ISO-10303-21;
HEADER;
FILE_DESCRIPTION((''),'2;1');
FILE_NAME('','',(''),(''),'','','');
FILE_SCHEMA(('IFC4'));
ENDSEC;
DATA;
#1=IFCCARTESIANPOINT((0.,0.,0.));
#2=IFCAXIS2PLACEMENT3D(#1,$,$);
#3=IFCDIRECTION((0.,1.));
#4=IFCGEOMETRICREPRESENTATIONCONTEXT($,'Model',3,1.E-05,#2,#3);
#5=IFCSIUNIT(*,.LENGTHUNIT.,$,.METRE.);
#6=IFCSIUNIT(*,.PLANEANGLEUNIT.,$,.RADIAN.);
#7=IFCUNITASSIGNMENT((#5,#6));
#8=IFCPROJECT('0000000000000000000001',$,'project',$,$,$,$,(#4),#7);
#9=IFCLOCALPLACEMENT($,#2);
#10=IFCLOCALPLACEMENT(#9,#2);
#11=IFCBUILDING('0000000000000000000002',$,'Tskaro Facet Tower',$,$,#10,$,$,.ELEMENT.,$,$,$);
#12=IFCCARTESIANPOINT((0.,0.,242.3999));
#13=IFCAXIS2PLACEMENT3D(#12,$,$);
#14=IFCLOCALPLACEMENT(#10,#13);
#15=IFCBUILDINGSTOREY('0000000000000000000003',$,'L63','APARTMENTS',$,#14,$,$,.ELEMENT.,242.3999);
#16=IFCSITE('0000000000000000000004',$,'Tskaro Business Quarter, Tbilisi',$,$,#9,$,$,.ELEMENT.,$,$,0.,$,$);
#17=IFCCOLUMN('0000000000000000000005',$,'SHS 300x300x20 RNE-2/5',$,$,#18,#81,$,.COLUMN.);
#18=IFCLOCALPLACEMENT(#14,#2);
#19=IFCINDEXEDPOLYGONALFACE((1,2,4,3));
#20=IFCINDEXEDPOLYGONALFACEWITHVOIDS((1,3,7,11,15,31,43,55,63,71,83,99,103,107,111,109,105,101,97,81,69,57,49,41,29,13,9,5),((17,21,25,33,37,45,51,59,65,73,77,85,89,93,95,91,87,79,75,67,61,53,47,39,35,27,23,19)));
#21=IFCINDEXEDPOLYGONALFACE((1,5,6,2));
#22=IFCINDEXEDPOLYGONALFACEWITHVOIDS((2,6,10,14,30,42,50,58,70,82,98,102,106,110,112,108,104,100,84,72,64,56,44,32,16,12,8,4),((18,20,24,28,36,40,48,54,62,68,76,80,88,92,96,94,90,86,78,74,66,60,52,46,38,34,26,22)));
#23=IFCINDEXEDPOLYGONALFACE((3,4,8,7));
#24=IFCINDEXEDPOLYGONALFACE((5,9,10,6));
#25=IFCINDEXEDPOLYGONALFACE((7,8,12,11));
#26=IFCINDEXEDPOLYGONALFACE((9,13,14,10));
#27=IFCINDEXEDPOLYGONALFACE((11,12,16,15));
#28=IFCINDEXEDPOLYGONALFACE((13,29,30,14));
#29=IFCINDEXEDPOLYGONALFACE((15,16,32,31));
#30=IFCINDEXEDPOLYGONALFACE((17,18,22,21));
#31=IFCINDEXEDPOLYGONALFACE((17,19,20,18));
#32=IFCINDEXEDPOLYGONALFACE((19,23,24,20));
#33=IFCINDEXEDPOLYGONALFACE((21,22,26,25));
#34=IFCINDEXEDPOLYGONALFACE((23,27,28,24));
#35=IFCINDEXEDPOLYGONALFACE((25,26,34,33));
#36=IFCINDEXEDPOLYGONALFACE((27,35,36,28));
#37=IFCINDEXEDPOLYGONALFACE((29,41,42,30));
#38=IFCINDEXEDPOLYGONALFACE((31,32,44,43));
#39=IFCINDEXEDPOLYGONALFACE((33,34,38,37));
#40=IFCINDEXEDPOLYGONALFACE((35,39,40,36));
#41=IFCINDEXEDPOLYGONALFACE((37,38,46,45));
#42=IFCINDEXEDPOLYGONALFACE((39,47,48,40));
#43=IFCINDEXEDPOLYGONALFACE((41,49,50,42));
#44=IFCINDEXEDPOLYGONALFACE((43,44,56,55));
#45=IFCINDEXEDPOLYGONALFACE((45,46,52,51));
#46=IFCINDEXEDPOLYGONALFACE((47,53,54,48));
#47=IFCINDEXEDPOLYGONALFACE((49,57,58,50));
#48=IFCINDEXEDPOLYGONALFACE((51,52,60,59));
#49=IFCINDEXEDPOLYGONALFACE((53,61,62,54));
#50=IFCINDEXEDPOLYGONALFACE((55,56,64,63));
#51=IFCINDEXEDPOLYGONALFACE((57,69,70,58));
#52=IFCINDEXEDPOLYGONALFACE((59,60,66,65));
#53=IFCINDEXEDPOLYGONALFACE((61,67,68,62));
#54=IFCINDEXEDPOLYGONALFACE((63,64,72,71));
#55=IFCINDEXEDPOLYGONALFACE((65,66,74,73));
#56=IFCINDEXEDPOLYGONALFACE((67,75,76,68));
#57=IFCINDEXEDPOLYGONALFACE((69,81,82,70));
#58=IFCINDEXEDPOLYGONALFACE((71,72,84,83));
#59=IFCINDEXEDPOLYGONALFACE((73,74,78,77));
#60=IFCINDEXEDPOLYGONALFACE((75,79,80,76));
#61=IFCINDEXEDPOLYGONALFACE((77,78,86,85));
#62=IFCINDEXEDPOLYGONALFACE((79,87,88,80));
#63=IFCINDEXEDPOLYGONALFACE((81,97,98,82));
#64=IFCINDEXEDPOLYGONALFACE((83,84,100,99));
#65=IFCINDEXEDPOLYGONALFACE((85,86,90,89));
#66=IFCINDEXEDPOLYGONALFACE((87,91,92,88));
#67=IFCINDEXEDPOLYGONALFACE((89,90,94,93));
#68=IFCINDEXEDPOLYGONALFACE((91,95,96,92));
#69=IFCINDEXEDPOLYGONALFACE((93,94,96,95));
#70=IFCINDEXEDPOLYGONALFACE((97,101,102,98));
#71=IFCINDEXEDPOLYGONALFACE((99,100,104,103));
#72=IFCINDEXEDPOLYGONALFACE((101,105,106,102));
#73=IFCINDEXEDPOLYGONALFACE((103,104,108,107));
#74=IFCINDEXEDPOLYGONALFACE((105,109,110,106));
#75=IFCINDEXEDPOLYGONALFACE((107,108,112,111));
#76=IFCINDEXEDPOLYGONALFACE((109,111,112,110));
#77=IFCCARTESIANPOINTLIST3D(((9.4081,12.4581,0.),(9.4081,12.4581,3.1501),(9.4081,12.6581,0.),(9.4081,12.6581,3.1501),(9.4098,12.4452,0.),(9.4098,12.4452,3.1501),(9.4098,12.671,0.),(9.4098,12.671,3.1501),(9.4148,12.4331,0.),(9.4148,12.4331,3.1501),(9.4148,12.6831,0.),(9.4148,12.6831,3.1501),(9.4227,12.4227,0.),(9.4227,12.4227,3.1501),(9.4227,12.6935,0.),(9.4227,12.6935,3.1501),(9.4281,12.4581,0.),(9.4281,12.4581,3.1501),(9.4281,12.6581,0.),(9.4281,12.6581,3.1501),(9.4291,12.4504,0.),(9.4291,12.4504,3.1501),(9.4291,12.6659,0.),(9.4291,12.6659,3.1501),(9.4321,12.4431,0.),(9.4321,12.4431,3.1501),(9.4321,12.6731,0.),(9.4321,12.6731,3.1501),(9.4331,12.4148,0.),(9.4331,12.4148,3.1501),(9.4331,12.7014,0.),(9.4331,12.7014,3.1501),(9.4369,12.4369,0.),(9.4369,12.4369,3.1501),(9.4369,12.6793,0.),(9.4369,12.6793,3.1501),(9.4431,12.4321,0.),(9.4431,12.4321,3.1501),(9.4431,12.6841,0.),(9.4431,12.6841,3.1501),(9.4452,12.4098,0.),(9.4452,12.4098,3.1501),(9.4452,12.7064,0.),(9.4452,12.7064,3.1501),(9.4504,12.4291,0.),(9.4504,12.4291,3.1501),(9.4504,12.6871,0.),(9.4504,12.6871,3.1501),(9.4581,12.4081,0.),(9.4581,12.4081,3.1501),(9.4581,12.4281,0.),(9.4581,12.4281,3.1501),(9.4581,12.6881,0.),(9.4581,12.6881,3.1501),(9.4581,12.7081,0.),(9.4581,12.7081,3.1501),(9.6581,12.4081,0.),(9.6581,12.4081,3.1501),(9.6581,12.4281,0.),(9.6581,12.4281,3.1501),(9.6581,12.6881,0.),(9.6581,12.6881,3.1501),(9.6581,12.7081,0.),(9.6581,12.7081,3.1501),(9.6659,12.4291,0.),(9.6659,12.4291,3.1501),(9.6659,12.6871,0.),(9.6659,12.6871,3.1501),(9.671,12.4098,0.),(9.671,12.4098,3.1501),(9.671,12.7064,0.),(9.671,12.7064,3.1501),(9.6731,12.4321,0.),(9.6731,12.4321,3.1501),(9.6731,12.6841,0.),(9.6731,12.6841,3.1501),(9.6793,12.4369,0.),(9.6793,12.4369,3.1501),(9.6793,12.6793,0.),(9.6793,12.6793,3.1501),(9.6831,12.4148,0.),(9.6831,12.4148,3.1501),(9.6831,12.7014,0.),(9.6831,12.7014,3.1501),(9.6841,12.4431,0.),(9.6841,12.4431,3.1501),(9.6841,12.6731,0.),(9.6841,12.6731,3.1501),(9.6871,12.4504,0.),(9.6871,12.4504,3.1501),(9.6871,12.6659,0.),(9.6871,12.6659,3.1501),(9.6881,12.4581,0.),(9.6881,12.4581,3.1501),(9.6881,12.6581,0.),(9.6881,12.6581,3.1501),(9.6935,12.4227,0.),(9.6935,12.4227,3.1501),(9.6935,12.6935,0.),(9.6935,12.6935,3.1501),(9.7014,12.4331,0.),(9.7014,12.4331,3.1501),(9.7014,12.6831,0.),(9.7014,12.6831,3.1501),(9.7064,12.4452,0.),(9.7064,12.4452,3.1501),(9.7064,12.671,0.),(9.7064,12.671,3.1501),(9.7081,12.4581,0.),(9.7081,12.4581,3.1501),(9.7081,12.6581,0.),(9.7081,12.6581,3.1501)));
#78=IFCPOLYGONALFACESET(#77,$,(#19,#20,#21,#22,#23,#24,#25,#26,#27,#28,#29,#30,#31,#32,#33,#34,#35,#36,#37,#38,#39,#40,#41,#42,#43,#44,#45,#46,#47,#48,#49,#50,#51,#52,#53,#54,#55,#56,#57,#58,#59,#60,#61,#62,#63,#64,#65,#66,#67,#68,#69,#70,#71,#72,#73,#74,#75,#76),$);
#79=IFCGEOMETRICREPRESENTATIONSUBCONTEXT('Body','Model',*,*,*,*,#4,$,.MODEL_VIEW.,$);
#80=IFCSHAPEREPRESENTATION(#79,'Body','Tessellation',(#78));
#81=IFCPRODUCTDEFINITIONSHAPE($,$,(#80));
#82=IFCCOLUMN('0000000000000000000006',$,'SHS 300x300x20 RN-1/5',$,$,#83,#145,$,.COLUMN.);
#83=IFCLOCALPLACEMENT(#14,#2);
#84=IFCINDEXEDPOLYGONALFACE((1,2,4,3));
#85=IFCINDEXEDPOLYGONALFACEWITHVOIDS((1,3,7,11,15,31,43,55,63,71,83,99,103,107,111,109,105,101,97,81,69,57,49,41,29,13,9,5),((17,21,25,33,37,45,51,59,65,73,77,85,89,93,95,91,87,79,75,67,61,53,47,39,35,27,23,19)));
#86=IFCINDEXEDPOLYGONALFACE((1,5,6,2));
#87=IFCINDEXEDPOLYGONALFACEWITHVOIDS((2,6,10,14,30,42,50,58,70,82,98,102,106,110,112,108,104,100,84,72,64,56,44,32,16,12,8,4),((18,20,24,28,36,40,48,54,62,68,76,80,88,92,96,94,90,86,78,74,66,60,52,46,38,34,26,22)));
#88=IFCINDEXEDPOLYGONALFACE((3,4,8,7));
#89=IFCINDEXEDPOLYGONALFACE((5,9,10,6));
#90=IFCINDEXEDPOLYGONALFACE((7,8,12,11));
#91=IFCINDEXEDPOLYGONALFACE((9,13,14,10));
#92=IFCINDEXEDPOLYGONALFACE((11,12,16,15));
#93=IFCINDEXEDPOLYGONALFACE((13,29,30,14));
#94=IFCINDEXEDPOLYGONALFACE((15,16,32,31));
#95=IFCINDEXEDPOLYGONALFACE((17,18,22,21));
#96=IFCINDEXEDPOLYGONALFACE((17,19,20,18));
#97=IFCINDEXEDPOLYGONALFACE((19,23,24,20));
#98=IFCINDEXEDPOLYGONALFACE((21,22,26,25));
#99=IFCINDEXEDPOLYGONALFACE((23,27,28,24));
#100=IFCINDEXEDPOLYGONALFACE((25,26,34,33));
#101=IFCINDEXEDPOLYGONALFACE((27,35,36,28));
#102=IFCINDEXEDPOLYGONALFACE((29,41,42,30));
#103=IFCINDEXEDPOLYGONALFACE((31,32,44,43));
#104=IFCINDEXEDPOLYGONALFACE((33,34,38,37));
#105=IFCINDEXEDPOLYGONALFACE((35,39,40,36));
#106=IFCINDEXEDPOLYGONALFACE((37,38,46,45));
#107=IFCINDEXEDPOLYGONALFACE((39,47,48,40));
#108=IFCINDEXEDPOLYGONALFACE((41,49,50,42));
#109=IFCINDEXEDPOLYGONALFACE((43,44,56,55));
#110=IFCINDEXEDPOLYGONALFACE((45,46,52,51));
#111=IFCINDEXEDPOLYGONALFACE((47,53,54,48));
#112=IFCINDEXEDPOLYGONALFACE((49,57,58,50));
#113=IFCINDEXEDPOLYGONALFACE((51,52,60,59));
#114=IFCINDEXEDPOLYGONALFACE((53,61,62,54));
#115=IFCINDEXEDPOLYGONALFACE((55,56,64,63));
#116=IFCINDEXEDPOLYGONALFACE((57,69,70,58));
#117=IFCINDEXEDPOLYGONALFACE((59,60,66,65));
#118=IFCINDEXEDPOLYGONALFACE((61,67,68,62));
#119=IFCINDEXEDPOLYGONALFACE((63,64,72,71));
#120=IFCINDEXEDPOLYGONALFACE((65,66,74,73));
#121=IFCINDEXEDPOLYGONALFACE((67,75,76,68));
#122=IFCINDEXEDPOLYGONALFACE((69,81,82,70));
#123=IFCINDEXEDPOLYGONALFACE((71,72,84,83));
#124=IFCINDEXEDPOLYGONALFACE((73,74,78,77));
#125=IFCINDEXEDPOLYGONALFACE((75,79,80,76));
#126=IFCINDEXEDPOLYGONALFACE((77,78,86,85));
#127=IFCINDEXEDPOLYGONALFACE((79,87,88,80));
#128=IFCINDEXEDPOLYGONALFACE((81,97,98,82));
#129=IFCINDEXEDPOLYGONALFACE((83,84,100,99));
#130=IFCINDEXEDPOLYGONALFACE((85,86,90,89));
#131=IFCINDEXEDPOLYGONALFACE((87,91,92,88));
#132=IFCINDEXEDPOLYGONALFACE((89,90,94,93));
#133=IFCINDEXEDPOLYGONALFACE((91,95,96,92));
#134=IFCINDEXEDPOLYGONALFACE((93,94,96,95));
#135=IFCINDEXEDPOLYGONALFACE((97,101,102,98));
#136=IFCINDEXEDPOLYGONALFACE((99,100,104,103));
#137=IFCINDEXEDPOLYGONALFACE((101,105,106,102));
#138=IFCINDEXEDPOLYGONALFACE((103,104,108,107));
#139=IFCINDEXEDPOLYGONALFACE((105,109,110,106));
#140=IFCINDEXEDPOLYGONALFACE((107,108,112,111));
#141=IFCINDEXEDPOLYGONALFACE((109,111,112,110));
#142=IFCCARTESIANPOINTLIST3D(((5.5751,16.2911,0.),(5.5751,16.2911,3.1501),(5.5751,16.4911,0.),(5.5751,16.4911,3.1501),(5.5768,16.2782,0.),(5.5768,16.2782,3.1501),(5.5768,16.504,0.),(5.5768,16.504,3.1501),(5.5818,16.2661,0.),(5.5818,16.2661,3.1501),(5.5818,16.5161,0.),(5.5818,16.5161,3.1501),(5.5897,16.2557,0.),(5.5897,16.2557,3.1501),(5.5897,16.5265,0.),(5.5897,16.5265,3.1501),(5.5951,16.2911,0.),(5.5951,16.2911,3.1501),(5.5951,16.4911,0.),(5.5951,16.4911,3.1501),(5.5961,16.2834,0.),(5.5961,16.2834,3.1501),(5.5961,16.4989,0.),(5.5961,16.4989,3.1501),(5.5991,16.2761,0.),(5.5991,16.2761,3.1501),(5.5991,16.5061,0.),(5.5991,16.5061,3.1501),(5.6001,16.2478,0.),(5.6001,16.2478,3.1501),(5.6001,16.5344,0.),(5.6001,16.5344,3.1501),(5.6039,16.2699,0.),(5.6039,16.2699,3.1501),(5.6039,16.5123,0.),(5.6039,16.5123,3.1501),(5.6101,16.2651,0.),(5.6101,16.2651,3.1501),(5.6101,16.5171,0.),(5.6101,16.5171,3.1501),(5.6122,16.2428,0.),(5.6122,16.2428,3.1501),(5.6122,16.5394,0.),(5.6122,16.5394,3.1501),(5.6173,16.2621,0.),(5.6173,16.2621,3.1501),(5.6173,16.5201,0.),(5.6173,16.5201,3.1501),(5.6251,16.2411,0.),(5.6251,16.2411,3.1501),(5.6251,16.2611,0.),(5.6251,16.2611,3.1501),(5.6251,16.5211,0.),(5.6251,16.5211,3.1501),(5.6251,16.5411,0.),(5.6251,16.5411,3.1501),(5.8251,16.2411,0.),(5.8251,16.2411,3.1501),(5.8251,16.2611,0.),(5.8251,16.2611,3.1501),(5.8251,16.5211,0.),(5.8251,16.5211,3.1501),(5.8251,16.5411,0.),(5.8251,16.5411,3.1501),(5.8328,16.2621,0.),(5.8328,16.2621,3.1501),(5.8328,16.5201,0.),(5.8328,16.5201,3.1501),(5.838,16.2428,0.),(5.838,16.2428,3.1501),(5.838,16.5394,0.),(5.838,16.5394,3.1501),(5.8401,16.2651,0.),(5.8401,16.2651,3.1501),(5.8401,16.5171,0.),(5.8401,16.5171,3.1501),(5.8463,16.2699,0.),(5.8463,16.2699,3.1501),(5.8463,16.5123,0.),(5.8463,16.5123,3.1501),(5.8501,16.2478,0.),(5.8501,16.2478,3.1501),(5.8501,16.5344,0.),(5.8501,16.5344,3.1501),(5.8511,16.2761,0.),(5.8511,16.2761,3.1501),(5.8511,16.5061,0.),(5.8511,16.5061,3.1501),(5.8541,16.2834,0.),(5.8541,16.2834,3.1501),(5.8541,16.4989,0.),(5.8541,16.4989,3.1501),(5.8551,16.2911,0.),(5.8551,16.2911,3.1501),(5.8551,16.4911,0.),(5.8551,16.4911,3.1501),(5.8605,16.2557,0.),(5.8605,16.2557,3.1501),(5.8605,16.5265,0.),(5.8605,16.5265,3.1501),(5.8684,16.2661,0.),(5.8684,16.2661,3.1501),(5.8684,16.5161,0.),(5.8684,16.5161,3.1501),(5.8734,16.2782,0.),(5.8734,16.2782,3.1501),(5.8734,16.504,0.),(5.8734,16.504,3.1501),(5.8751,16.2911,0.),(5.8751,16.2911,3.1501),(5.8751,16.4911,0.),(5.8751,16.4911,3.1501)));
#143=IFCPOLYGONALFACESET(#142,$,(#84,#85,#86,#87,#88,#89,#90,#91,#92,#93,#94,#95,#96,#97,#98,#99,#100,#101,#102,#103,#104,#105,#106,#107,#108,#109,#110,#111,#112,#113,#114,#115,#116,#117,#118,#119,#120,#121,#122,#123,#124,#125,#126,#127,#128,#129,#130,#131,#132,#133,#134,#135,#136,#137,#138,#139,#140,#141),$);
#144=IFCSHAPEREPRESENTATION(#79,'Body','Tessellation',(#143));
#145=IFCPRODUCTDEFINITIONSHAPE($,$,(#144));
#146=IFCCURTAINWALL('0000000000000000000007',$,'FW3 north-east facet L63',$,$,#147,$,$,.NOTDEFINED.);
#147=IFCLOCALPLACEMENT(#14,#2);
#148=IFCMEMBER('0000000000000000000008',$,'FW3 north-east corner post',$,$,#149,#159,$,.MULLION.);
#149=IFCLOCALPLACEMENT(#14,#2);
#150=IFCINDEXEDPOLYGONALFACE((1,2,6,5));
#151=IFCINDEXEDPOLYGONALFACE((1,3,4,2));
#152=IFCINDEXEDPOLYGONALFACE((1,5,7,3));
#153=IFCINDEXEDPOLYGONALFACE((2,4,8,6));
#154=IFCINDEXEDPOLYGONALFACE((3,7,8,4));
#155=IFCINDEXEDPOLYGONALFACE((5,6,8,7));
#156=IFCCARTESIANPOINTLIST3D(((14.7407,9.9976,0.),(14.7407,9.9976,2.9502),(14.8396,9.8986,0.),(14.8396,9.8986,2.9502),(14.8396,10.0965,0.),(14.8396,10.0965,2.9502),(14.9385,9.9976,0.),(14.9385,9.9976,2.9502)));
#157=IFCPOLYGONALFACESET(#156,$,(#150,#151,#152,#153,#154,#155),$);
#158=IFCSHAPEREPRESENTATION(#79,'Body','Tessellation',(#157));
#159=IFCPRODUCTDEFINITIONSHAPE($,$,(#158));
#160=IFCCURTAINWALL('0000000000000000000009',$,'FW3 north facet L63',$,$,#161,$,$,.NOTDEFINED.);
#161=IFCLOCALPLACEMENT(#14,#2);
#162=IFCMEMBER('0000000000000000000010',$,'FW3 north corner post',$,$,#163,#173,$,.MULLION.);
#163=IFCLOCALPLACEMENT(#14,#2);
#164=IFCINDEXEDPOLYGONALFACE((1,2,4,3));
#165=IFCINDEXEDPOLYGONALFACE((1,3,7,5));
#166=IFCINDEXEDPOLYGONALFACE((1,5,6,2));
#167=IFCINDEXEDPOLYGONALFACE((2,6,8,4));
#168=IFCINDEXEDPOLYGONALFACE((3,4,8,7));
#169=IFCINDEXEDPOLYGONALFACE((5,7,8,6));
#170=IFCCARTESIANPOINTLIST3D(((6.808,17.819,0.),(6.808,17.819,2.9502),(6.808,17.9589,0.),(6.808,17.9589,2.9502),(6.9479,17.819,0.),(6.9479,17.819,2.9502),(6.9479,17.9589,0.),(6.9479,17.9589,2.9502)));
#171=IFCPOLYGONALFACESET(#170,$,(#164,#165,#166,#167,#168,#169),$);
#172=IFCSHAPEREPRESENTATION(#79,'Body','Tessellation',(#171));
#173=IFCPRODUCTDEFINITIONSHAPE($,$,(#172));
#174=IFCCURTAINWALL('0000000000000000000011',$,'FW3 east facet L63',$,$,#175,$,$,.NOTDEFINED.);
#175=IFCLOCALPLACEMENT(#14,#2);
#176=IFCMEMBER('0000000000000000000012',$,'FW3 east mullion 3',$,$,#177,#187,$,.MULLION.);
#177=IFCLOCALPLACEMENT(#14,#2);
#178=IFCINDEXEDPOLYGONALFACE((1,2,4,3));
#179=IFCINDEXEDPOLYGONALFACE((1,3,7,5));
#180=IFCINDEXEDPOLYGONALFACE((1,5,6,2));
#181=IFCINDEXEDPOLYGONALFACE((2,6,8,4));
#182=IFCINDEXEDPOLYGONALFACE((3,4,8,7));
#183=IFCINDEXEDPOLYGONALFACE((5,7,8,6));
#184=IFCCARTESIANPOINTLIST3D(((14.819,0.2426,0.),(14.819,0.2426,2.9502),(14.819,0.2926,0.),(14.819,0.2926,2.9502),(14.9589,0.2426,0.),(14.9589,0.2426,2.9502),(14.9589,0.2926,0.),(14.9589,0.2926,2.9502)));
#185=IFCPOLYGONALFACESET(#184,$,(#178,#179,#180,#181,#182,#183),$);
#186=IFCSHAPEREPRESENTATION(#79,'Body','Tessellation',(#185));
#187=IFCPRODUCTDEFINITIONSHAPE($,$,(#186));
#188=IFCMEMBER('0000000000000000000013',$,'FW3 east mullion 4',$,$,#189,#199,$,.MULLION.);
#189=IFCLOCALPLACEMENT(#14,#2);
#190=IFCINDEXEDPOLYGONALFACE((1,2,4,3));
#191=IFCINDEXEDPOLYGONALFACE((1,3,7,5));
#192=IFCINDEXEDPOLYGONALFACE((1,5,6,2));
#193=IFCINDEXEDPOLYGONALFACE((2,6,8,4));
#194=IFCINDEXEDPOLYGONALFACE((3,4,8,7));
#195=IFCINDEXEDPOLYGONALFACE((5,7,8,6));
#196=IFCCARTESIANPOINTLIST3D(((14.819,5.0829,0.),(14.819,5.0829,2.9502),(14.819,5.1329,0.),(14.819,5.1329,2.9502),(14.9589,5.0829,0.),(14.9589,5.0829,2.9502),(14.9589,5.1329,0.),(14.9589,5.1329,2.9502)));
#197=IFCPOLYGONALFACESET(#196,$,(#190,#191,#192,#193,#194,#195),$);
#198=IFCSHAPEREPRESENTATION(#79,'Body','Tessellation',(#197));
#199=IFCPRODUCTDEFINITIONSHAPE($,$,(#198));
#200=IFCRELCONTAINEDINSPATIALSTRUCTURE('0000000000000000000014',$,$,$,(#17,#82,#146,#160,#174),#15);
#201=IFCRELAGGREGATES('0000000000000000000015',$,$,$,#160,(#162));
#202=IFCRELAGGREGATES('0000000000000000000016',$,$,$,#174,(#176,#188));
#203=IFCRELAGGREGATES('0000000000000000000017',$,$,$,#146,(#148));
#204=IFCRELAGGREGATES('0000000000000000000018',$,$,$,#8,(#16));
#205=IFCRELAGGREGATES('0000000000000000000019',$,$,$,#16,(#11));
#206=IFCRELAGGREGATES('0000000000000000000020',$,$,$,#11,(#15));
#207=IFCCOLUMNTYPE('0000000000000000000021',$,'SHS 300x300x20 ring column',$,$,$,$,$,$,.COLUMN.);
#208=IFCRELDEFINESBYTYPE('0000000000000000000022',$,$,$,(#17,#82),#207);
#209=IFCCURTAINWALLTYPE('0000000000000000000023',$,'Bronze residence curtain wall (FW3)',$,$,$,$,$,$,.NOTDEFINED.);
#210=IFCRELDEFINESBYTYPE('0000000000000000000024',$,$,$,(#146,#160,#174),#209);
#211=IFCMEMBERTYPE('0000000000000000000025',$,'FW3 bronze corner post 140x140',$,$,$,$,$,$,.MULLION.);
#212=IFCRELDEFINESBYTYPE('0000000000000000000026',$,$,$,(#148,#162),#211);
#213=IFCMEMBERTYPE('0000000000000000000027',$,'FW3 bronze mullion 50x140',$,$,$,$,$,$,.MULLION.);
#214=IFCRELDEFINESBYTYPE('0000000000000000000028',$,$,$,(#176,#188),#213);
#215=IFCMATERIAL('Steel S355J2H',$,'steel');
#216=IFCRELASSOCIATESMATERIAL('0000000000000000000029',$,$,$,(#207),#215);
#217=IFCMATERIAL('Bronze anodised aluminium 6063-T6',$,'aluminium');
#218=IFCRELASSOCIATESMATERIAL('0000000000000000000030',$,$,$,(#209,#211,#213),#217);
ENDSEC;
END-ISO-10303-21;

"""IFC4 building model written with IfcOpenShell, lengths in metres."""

from ifc_helpers import new_model, si_unit, direction, frame, origin, origin_2d, place, context, subcontext, project, spatial, rectangle, hollow_rectangle, extrude, material, material_profile, profile_set, type_object, element, aggregate, save


model = new_model("IFC4")

# Units and contexts
model_context = context("Model", 3, precision=1e-05, world=origin(), true_north=direction((0.0, 1.0)))
body_context = subcontext(model_context, "Body", "Model", "MODEL_VIEW")
ifc_project = project(units=[si_unit("LENGTHUNIT", "METRE"), si_unit("PLANEANGLEUNIT", "RADIAN")], contexts=[model_context])

# Site, building, storey
site_placement = place(None, origin())
site = spatial("IfcSite", under=ifc_project, at=site_placement, Name="Tskaro Business Quarter, Tbilisi", CompositionType="ELEMENT", RefElevation=0.0)
building_placement = place(site_placement, origin())
building = spatial("IfcBuilding", under=site, at=building_placement, Name="Tskaro Facet Tower", CompositionType="ELEMENT")
storey_placement = place(building_placement, frame((0.0, 0.0, 242.3999)))
storey = spatial("IfcBuildingStorey", under=building, at=storey_placement, Name="L63", Description="APARTMENTS", CompositionType="ELEMENT", Elevation=242.3999)

# Columns
ifc_material_1 = material(Name="Steel S355J2H", Category="steel")
ifc_material_profile_1 = material_profile(ifc_material_1, hollow_rectangle(XDim=0.3, YDim=0.3, WallThickness=0.02, InnerFilletRadius=0.03, OuterFilletRadius=0.05, at=origin_2d()), Name="SHS 300x300x20")
ifc_profile_set_1 = profile_set([ifc_material_profile_1], Name="Steel S355J2H")
column_type_1 = type_object("IfcColumnType", Name="SHS 300x300x20 ring column", PredefinedType="COLUMN", material=ifc_profile_set_1)
for number, where, z_axis, x_axis, name in (
    (1, (9.5581, 12.5581, 0.0), (0.0, 0.0, 1.0), (1.0, 0.0, 0.0), "SHS 300x300x20 RNE-2/5"),
    (2, (5.7251, 16.3911, 0.0), (0.0, 0.0, 1.0), (1.0, 0.0, 0.0), "SHS 300x300x20 RN-1/5"),
):
    element("IfcColumn", number, at=place(storey_placement, frame(where, z_axis=z_axis, x_axis=x_axis)), inside=storey, type_object=column_type_1, Name=name, PredefinedType="COLUMN", context=body_context, shape_type="SweptSolid", body=[
        extrude(hollow_rectangle(XDim=0.3, YDim=0.3, WallThickness=0.02, InnerFilletRadius=0.03, OuterFilletRadius=0.05, at=origin_2d()), origin(), (0.0, 0.0, 1.0), 3.1501),
    ])

# Curtain walls, members
ifc_material_2 = material(Name="Bronze anodised aluminium 6063-T6", Category="aluminium")
curtain_wall_type = type_object("IfcCurtainWallType", Name="Bronze residence curtain wall (FW3)", PredefinedType="NOTDEFINED", material=ifc_material_2)
curtain_wall_1_placement = place(storey_placement, origin())
curtain_wall_1 = element("IfcCurtainWall", 3, at=curtain_wall_1_placement, inside=storey, type_object=curtain_wall_type, Name="FW3 north-east facet L63", PredefinedType="NOTDEFINED")
ifc_material_profile_2 = material_profile(ifc_material_2, rectangle(XDim=0.1399, YDim=0.1399, at=origin_2d()), Name="Corner post 140x140")
ifc_profile_set_2 = profile_set([ifc_material_profile_2], Name="Bronze anodised aluminium 6063-T6")
member_type_1 = type_object("IfcMemberType", Name="FW3 bronze corner post 140x140", PredefinedType="MULLION", material=ifc_profile_set_2)
member_1_placement = place(storey_placement, frame((14.8396, 9.9976, 0.0), z_axis=(0.0, 0.0, 1.0), x_axis=(-0.707107, 0.707107, 0.0)))
member_1 = element("IfcMember", 4, at=member_1_placement, type_object=member_type_1, Name="FW3 north-east corner post", PredefinedType="MULLION", context=body_context, shape_type="SweptSolid", body=[
    extrude(rectangle(XDim=0.1399, YDim=0.1399, at=origin_2d()), origin(), (0.0, 0.0, 1.0), 2.9502),
])
curtain_wall_2_placement = place(storey_placement, origin())
curtain_wall_2 = element("IfcCurtainWall", 5, at=curtain_wall_2_placement, inside=storey, type_object=curtain_wall_type, Name="FW3 north facet L63", PredefinedType="NOTDEFINED")
member_2_placement = place(storey_placement, frame((6.8779, 17.8889, 0.0), z_axis=(0.0, 0.0, 1.0), x_axis=(-1.0, 0.0, 0.0)))
member_2 = element("IfcMember", 6, at=member_2_placement, type_object=member_type_1, Name="FW3 north corner post", PredefinedType="MULLION", context=body_context, shape_type="SweptSolid", body=[
    extrude(rectangle(XDim=0.1399, YDim=0.1399, at=origin_2d()), origin(), (0.0, 0.0, 1.0), 2.9502),
])

# Curtain wall, members
curtain_wall_3_placement = place(storey_placement, origin())
curtain_wall_3 = element("IfcCurtainWall", 7, at=curtain_wall_3_placement, inside=storey, type_object=curtain_wall_type, Name="FW3 east facet L63", PredefinedType="NOTDEFINED")
ifc_material_profile_3 = material_profile(ifc_material_2, rectangle(XDim=0.05, YDim=0.1399, at=origin_2d()), Name="Mullion 50x140")
ifc_profile_set_3 = profile_set([ifc_material_profile_3], Name="Bronze anodised aluminium 6063-T6")
member_type_2 = type_object("IfcMemberType", Name="FW3 bronze mullion 50x140", PredefinedType="MULLION", material=ifc_profile_set_3)
member_3_placement = place(storey_placement, frame((14.8889, 0.2676, 0.0), z_axis=(0.0, 0.0, 1.0), x_axis=(0.0, 1.0, 0.0)))
member_3 = element("IfcMember", 8, at=member_3_placement, type_object=member_type_2, Name="FW3 east mullion 3", PredefinedType="MULLION", context=body_context, shape_type="SweptSolid", body=[
    extrude(rectangle(XDim=0.05, YDim=0.1399, at=origin_2d()), origin(), (0.0, 0.0, 1.0), 2.9502),
])
member_4_placement = place(storey_placement, frame((14.8889, 5.1079, 0.0), z_axis=(0.0, 0.0, 1.0), x_axis=(0.0, 1.0, 0.0)))
member_4 = element("IfcMember", 9, at=member_4_placement, type_object=member_type_2, Name="FW3 east mullion 4", PredefinedType="MULLION", context=body_context, shape_type="SweptSolid", body=[
    extrude(rectangle(XDim=0.05, YDim=0.1399, at=origin_2d()), origin(), (0.0, 0.0, 1.0), 2.9502),
])

aggregate(curtain_wall_2, [member_2])

aggregate(curtain_wall_3, [member_3, member_4])
aggregate(curtain_wall_1, [member_1])

save(model, "model.ifc")
